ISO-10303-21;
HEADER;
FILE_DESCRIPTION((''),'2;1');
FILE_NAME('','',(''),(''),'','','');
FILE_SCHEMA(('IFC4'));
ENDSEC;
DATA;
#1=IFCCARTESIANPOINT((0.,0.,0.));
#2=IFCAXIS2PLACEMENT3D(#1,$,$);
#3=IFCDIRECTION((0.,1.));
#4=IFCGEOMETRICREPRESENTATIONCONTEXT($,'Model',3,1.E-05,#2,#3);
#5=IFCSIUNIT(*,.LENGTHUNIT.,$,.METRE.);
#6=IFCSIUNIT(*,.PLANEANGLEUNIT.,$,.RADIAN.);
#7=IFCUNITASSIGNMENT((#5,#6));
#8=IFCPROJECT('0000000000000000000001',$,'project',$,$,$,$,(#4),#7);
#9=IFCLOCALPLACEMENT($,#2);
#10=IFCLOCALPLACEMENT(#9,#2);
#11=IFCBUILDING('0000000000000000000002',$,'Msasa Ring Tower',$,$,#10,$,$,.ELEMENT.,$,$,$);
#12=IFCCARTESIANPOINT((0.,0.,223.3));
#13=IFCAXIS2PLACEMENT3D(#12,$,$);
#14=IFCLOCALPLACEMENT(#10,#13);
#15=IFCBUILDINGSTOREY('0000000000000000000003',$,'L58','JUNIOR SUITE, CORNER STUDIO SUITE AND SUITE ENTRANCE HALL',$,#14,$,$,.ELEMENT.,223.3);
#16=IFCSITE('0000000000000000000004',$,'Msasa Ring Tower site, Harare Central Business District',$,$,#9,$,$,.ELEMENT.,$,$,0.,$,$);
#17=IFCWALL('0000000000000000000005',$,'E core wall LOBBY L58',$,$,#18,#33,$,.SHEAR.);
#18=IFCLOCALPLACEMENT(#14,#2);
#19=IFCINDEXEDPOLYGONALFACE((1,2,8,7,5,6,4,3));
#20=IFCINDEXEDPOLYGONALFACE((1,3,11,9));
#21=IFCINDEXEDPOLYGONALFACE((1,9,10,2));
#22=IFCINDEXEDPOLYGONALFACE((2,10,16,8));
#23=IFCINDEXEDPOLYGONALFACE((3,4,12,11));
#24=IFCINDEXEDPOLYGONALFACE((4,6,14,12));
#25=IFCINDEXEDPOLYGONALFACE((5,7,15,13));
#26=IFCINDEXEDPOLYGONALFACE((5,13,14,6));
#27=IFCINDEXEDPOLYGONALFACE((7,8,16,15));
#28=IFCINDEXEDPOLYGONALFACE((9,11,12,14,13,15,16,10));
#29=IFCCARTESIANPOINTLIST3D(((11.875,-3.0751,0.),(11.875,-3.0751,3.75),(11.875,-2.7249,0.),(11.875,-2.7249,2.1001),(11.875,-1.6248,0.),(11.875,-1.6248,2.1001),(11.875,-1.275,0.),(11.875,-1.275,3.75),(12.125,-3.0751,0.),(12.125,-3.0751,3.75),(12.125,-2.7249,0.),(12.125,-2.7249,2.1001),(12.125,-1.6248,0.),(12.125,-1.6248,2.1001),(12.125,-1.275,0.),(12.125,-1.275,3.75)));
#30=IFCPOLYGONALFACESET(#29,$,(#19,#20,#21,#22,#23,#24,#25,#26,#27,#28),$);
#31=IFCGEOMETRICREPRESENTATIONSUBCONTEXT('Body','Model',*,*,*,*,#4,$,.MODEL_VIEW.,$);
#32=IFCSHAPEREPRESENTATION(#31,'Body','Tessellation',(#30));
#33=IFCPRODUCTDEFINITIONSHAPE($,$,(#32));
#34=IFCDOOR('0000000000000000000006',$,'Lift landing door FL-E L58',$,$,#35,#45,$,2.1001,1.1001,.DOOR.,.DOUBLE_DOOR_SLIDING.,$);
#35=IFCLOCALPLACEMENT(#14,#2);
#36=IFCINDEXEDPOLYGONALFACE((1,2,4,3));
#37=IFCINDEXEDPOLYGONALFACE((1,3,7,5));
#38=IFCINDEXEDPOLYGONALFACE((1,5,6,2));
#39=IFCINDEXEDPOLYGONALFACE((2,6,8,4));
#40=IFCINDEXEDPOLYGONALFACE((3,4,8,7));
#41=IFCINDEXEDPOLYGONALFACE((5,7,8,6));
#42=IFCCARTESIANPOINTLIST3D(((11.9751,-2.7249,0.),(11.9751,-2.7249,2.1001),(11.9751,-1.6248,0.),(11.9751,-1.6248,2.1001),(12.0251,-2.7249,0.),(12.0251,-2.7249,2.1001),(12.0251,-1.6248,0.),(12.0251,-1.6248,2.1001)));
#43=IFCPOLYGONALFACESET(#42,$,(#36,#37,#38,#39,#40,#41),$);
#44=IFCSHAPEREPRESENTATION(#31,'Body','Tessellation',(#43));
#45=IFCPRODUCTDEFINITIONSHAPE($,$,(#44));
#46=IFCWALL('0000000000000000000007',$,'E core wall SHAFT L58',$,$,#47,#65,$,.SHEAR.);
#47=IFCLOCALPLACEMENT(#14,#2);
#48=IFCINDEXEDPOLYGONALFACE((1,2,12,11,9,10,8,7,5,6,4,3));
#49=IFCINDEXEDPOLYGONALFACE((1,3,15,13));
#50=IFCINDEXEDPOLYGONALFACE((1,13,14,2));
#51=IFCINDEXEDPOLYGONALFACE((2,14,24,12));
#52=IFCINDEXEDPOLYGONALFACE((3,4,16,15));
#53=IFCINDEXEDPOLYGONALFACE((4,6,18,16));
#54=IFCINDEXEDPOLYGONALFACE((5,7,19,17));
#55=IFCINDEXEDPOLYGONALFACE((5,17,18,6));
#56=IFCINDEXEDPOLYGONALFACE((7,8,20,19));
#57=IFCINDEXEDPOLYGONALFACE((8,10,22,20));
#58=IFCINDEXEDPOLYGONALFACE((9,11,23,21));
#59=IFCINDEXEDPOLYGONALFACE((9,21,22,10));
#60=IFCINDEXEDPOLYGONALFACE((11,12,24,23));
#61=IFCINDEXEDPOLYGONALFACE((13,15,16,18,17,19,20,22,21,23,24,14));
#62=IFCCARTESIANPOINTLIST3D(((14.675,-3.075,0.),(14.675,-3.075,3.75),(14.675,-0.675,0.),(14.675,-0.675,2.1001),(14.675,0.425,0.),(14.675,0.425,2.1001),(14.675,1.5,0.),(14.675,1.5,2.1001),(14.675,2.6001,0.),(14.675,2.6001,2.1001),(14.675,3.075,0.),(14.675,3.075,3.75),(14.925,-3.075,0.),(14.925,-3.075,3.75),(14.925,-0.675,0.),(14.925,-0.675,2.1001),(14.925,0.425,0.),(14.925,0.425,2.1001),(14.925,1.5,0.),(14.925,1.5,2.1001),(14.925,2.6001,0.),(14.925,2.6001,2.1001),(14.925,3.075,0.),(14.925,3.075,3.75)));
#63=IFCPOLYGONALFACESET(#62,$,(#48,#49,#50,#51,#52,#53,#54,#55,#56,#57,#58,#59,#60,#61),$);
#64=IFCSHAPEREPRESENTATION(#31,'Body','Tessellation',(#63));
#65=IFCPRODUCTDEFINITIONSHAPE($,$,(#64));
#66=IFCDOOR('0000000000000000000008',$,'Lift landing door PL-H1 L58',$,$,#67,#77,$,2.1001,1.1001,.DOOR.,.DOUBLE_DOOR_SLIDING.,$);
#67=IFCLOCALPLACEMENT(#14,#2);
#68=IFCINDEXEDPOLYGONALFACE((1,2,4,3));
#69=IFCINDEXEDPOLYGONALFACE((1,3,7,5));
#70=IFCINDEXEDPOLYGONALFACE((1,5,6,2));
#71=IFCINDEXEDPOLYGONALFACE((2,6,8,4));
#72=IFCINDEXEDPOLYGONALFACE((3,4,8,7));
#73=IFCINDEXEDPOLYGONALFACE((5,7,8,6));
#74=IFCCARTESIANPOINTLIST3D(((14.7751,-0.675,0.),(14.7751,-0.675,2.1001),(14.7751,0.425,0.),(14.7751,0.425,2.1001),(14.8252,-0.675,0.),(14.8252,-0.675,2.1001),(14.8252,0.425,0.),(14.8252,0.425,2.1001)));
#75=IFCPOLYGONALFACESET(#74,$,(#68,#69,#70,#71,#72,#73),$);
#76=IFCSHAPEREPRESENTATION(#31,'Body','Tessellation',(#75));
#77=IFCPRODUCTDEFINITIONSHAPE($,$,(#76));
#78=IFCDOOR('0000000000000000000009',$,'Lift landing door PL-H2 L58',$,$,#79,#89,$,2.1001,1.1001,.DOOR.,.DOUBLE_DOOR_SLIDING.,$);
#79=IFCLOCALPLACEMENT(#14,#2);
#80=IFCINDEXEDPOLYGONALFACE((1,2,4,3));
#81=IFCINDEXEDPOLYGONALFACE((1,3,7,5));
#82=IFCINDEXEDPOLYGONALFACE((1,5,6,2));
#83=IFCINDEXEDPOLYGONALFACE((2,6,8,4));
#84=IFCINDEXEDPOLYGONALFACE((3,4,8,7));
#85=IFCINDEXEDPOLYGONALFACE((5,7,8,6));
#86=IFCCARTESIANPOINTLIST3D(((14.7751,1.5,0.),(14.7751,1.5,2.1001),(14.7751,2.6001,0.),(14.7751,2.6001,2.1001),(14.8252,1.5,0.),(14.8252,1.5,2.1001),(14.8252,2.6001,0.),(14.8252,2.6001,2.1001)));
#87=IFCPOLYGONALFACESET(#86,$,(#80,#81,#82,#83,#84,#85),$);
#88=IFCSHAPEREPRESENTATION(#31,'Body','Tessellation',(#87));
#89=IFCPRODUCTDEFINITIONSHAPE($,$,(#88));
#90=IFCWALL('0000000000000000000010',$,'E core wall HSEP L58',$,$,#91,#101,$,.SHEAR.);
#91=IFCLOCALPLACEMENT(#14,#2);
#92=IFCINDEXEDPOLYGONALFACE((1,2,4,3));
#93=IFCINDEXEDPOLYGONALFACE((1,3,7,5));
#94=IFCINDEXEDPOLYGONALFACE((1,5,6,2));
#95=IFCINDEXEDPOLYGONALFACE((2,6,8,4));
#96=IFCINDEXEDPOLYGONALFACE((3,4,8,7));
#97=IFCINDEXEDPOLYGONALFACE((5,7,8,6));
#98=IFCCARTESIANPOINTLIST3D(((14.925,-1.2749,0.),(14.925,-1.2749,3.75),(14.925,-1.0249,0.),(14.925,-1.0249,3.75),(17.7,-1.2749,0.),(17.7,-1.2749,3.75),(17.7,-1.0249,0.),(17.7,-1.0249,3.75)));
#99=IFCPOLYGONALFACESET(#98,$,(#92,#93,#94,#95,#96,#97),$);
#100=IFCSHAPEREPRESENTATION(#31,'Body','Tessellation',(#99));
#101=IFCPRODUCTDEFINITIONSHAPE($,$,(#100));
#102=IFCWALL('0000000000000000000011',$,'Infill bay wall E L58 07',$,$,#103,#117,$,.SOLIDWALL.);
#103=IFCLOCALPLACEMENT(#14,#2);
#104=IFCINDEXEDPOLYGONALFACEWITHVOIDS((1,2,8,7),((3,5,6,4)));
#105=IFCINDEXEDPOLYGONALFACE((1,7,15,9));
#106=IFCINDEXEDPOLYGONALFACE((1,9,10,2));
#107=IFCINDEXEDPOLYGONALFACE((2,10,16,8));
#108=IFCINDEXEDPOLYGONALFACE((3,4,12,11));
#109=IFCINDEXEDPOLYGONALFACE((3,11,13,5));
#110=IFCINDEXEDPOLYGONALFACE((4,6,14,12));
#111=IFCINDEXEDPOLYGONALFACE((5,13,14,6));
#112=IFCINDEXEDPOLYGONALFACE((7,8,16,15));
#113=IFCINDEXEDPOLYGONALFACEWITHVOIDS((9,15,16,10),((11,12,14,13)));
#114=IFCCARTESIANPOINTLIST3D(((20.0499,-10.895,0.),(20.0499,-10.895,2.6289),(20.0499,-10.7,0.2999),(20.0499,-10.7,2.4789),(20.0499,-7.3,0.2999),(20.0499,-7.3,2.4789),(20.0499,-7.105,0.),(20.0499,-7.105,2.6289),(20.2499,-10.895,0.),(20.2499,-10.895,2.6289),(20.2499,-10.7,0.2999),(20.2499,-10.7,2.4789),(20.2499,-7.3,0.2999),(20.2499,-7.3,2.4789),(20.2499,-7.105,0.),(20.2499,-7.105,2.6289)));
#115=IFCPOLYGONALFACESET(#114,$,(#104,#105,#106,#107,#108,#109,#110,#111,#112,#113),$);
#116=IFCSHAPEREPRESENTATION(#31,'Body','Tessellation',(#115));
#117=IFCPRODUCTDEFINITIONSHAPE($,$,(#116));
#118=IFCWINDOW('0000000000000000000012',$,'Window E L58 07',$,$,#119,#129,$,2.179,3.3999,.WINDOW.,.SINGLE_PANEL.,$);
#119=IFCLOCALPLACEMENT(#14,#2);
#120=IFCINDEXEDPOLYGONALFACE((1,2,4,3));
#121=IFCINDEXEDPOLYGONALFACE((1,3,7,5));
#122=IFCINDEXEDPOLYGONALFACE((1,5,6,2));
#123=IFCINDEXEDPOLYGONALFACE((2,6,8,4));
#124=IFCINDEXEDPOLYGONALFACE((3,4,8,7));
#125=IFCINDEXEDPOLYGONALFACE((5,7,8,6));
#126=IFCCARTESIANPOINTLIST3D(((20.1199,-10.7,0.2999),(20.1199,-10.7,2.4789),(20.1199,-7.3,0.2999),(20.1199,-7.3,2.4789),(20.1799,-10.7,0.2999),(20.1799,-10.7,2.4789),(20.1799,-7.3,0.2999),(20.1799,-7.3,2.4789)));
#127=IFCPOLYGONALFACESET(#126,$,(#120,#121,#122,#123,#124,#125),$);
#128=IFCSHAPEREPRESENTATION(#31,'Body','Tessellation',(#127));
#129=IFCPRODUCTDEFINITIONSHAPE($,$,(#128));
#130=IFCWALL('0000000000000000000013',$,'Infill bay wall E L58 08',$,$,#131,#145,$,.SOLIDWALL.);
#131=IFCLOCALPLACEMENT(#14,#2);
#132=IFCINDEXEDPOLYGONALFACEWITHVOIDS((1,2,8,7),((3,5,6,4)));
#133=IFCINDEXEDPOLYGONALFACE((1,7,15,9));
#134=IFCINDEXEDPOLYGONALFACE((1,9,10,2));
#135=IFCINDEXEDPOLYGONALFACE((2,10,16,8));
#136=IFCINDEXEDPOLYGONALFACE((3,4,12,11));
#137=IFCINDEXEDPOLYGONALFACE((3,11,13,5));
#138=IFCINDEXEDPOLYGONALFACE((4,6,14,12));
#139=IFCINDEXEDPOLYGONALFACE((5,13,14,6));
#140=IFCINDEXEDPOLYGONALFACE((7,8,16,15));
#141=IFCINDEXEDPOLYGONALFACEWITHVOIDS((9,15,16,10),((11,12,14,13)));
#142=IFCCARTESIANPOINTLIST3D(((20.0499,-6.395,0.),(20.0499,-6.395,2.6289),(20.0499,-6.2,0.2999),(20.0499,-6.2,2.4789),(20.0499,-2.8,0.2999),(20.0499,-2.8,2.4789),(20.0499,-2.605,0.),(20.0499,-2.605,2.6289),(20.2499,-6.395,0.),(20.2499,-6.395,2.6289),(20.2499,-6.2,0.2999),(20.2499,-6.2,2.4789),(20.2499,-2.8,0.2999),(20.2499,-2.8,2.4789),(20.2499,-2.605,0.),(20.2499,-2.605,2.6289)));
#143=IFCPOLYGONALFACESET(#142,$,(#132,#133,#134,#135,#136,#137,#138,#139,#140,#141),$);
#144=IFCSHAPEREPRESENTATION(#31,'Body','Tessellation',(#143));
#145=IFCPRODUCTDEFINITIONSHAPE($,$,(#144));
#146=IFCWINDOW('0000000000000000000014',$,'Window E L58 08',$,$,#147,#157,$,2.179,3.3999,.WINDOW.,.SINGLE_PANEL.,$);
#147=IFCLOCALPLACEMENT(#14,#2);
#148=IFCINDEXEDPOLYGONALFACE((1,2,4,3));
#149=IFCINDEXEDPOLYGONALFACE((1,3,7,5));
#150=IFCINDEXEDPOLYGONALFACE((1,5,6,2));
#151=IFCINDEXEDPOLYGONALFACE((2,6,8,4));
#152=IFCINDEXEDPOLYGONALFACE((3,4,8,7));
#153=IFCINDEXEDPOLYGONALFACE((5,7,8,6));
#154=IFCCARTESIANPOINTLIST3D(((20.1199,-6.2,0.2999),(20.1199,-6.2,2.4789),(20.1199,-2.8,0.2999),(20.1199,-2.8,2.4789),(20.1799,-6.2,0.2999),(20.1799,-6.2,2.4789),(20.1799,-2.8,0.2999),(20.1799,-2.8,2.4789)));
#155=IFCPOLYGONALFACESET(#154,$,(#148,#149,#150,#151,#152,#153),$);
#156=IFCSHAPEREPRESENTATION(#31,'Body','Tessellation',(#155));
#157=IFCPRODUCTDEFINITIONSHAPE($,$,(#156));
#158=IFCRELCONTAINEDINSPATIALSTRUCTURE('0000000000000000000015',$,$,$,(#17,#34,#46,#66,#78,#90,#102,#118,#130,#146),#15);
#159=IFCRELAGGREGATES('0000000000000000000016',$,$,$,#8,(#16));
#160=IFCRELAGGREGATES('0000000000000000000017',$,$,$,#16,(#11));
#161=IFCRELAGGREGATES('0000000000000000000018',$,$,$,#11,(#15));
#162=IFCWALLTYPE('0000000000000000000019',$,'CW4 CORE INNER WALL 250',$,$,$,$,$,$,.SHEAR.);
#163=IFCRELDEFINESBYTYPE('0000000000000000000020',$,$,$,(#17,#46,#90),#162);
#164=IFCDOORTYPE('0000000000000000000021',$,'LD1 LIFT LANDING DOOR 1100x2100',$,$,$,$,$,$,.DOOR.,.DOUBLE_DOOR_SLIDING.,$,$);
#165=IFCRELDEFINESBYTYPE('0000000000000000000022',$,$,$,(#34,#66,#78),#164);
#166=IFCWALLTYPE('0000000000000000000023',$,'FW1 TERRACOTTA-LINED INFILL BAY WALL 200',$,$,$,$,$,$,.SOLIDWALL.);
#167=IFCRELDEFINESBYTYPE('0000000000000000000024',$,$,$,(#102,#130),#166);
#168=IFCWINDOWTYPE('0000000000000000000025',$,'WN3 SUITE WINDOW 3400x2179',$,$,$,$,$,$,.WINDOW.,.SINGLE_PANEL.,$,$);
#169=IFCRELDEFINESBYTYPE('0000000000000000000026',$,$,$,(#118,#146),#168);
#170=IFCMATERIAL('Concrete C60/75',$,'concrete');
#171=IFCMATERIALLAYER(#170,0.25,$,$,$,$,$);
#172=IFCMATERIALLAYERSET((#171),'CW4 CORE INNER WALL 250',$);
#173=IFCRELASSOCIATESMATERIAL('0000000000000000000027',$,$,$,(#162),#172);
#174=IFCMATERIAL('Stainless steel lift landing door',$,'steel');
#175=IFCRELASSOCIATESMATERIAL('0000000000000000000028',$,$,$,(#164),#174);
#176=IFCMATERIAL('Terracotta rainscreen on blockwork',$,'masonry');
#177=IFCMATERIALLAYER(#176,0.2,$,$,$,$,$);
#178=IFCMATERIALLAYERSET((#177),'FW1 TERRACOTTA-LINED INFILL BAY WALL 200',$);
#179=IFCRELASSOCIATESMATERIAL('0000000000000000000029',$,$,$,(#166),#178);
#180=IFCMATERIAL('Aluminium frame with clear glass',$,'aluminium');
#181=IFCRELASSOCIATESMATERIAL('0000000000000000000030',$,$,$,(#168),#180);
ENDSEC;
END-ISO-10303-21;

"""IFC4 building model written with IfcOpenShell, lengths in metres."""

from ifc_helpers import new_model, si_unit, direction, frame, frame_2d, origin, place, context, subcontext, project, spatial, rectangle, extrude, material, layer, layer_set, type_object, element, fill, save


model = new_model("IFC4")

# Units and contexts
model_context = context("Model", 3, precision=1e-05, world=origin(), true_north=direction((0.0, 1.0)))
body_context = subcontext(model_context, "Body", "Model", "MODEL_VIEW")
ifc_project = project(units=[si_unit("LENGTHUNIT", "METRE"), si_unit("PLANEANGLEUNIT", "RADIAN")], contexts=[model_context])

# Site, building, storey
site_placement = place(None, origin())
site = spatial("IfcSite", under=ifc_project, at=site_placement, Name="Msasa Ring Tower site, Harare Central Business District", CompositionType="ELEMENT", RefElevation=0.0)
building_placement = place(site_placement, origin())
building = spatial("IfcBuilding", under=site, at=building_placement, Name="Msasa Ring Tower", CompositionType="ELEMENT")
storey_placement = place(building_placement, frame((0.0, 0.0, 223.3)))
storey = spatial("IfcBuildingStorey", under=building, at=storey_placement, Name="L58", Description="JUNIOR SUITE, CORNER STUDIO SUITE AND SUITE ENTRANCE HALL", CompositionType="ELEMENT", Elevation=223.3)

# Shared definitions
ifc_material_1 = material(Name="Concrete C60/75", Category="concrete")
ifc_layer_1 = layer(ifc_material_1, 0.25)
ifc_layer_set_1 = layer_set([ifc_layer_1], Name="CW4 CORE INNER WALL 250")
wall_type_1 = type_object("IfcWallType", Name="CW4 CORE INNER WALL 250", PredefinedType="SHEAR", material=ifc_layer_set_1)

# Wall, opening, door
wall_1_placement = place(storey_placement, frame((12.0, -3.075, 0.0), z_axis=(0.0, 0.0, 1.0), x_axis=(0.0, 1.0, 0.0)))
wall_1 = element("IfcWall", 1, at=wall_1_placement, inside=storey, type_object=wall_type_1, Name="E core wall LOBBY L58", PredefinedType="SHEAR", context=body_context, shape_type="SweptSolid", body=[
    extrude(rectangle(XDim=1.8, YDim=0.25, at=frame_2d((0.8999, 0.0))), origin(), (0.0, 0.0, 1.0), 3.75),
])
opening_1_placement = place(wall_1_placement, frame((0.3501, 0.0, 0.0)))
opening_1 = element("IfcOpeningElement", 2, at=opening_1_placement, cuts=wall_1, PredefinedType="OPENING", context=body_context, shape_type="SweptSolid", body=[
    extrude(rectangle(XDim=1.1001, YDim=2.1001, at=frame_2d((0.55, 1.05))), frame((0.0, 0.135, 0.0), z_axis=(0.0, -1.0, 0.0), x_axis=(1.0, 0.0, 0.0)), (0.0, 0.0, 1.0), 0.27),
])
ifc_material_2 = material(Name="Stainless steel lift landing door", Category="steel")
door_type_1 = type_object("IfcDoorType", Name="LD1 LIFT LANDING DOOR 1100x2100", OperationType="DOUBLE_DOOR_SLIDING", PredefinedType="DOOR", material=ifc_material_2)
door_1_placement = place(opening_1_placement, origin())
door_1 = element("IfcDoor", 3, at=door_1_placement, inside=storey, type_object=door_type_1, Name="Lift landing door FL-E L58", OperationType="DOUBLE_DOOR_SLIDING", OverallHeight=2.1001, OverallWidth=1.1001, PredefinedType="DOOR", context=body_context, shape_type="SweptSolid", body=[
    extrude(rectangle(XDim=1.1001, YDim=2.1001, at=frame_2d((0.55, 1.05))), frame((0.0, 0.0249, 0.0), z_axis=(0.0, -1.0, 0.0), x_axis=(1.0, 0.0, 0.0)), (0.0, 0.0, 1.0), 0.05),
])
fill(opening_1, door_1)

# Wall, openings, doors
wall_2_placement = place(storey_placement, frame((14.8, -3.075, 0.0), z_axis=(0.0, 0.0, 1.0), x_axis=(0.0, 1.0, 0.0)))
wall_2 = element("IfcWall", 4, at=wall_2_placement, inside=storey, type_object=wall_type_1, Name="E core wall SHAFT L58", PredefinedType="SHEAR", context=body_context, shape_type="SweptSolid", body=[
    extrude(rectangle(XDim=6.1499, YDim=0.25, at=frame_2d((3.075, 0.0))), origin(), (0.0, 0.0, 1.0), 3.75),
])
opening_2_placement = place(wall_2_placement, frame((2.3999, 0.0, 0.0)))
opening_2 = element("IfcOpeningElement", 5, at=opening_2_placement, cuts=wall_2, PredefinedType="OPENING", context=body_context, shape_type="SweptSolid", body=[
    extrude(rectangle(XDim=1.1001, YDim=2.1001, at=frame_2d((0.55, 1.05))), frame((0.0, 0.135, 0.0), z_axis=(0.0, -1.0, 0.0), x_axis=(1.0, 0.0, 0.0)), (0.0, 0.0, 1.0), 0.27),
])
opening_3_placement = place(wall_2_placement, frame((4.575, 0.0, 0.0)))
opening_3 = element("IfcOpeningElement", 6, at=opening_3_placement, cuts=wall_2, PredefinedType="OPENING", context=body_context, shape_type="SweptSolid", body=[
    extrude(rectangle(XDim=1.1001, YDim=2.1001, at=frame_2d((0.55, 1.05))), frame((0.0, 0.135, 0.0), z_axis=(0.0, -1.0, 0.0), x_axis=(1.0, 0.0, 0.0)), (0.0, 0.0, 1.0), 0.27),
])
door_2_placement = place(opening_2_placement, origin())
door_2 = element("IfcDoor", 7, at=door_2_placement, inside=storey, type_object=door_type_1, Name="Lift landing door PL-H1 L58", OperationType="DOUBLE_DOOR_SLIDING", OverallHeight=2.1001, OverallWidth=1.1001, PredefinedType="DOOR", context=body_context, shape_type="SweptSolid", body=[
    extrude(rectangle(XDim=1.1001, YDim=2.1001, at=frame_2d((0.55, 1.05))), frame((0.0, 0.0249, 0.0), z_axis=(0.0, -1.0, 0.0), x_axis=(1.0, 0.0, 0.0)), (0.0, 0.0, 1.0), 0.05),
])
fill(opening_2, door_2)
door_3_placement = place(opening_3_placement, origin())
door_3 = element("IfcDoor", 8, at=door_3_placement, inside=storey, type_object=door_type_1, Name="Lift landing door PL-H2 L58", OperationType="DOUBLE_DOOR_SLIDING", OverallHeight=2.1001, OverallWidth=1.1001, PredefinedType="DOOR", context=body_context, shape_type="SweptSolid", body=[
    extrude(rectangle(XDim=1.1001, YDim=2.1001, at=frame_2d((0.55, 1.05))), frame((0.0, 0.0249, 0.0), z_axis=(0.0, -1.0, 0.0), x_axis=(1.0, 0.0, 0.0)), (0.0, 0.0, 1.0), 0.05),
])
fill(opening_3, door_3)

# Wall
wall_3_placement = place(storey_placement, frame((14.925, -1.1499, 0.0), z_axis=(0.0, 0.0, 1.0), x_axis=(1.0, 0.0, 0.0)))
element("IfcWall", 9, at=wall_3_placement, inside=storey, type_object=wall_type_1, Name="E core wall HSEP L58", PredefinedType="SHEAR", context=body_context, shape_type="SweptSolid", body=[
    extrude(rectangle(XDim=2.7749, YDim=0.25, at=frame_2d((1.3875, 0.0))), origin(), (0.0, 0.0, 1.0), 3.75),
])

# Walls, openings, windows
ifc_material_3 = material(Name="Terracotta rainscreen on blockwork", Category="masonry")
ifc_layer_2 = layer(ifc_material_3, 0.2)
ifc_layer_set_2 = layer_set([ifc_layer_2], Name="FW1 TERRACOTTA-LINED INFILL BAY WALL 200")
wall_type_2 = type_object("IfcWallType", Name="FW1 TERRACOTTA-LINED INFILL BAY WALL 200", PredefinedType="SOLIDWALL", material=ifc_layer_set_2)
wall_4_placement = place(storey_placement, frame((20.1499, -10.895, 0.0), z_axis=(0.0, 0.0, 1.0), x_axis=(0.0, 1.0, 0.0)))
wall_4 = element("IfcWall", 10, at=wall_4_placement, inside=storey, type_object=wall_type_2, Name="Infill bay wall E L58 07", PredefinedType="SOLIDWALL", context=body_context, shape_type="SweptSolid", body=[
    extrude(rectangle(XDim=3.79, YDim=0.2, at=frame_2d((1.895, 0.0))), origin(), (0.0, 0.0, 1.0), 2.6289),
])
opening_4_placement = place(wall_4_placement, frame((0.1951, 0.0, 0.3)))
opening_4 = element("IfcOpeningElement", 11, at=opening_4_placement, cuts=wall_4, PredefinedType="OPENING", context=body_context, shape_type="SweptSolid", body=[
    extrude(rectangle(XDim=3.3999, YDim=2.179, at=frame_2d((1.7, 1.0894))), frame((0.0, 0.1099, 0.0), z_axis=(0.0, -1.0, 0.0), x_axis=(1.0, 0.0, 0.0)), (0.0, 0.0, 1.0), 0.22),
])
ifc_material_4 = material(Name="Aluminium frame with clear glass", Category="aluminium")
window_type = type_object("IfcWindowType", Name="WN3 SUITE WINDOW 3400x2179", PartitioningType="SINGLE_PANEL", PredefinedType="WINDOW", material=ifc_material_4)
window_1_placement = place(opening_4_placement, origin())
window_1 = element("IfcWindow", 12, at=window_1_placement, inside=storey, type_object=window_type, Name="Window E L58 07", OverallHeight=2.179, OverallWidth=3.3999, PartitioningType="SINGLE_PANEL", PredefinedType="WINDOW", context=body_context, shape_type="SweptSolid", body=[
    extrude(rectangle(XDim=3.3999, YDim=2.179, at=frame_2d((1.7, 1.0894))), frame((0.0, 0.03, 0.0), z_axis=(0.0, -1.0, 0.0), x_axis=(1.0, 0.0, 0.0)), (0.0, 0.0, 1.0), 0.0601),
])
fill(opening_4, window_1)
wall_5_placement = place(storey_placement, frame((20.1499, -6.395, 0.0), z_axis=(0.0, 0.0, 1.0), x_axis=(0.0, 1.0, 0.0)))
wall_5 = element("IfcWall", 13, at=wall_5_placement, inside=storey, type_object=wall_type_2, Name="Infill bay wall E L58 08", PredefinedType="SOLIDWALL", context=body_context, shape_type="SweptSolid", body=[
    extrude(rectangle(XDim=3.79, YDim=0.2, at=frame_2d((1.895, 0.0))), origin(), (0.0, 0.0, 1.0), 2.6289),
])
opening_5_placement = place(wall_5_placement, frame((0.1951, 0.0, 0.3)))
opening_5 = element("IfcOpeningElement", 14, at=opening_5_placement, cuts=wall_5, PredefinedType="OPENING", context=body_context, shape_type="SweptSolid", body=[
    extrude(rectangle(XDim=3.3999, YDim=2.179, at=frame_2d((1.7, 1.0894))), frame((0.0, 0.1099, 0.0), z_axis=(0.0, -1.0, 0.0), x_axis=(1.0, 0.0, 0.0)), (0.0, 0.0, 1.0), 0.22),
])
window_2_placement = place(opening_5_placement, origin())
window_2 = element("IfcWindow", 15, at=window_2_placement, inside=storey, type_object=window_type, Name="Window E L58 08", OverallHeight=2.179, OverallWidth=3.3999, PartitioningType="SINGLE_PANEL", PredefinedType="WINDOW", context=body_context, shape_type="SweptSolid", body=[
    extrude(rectangle(XDim=3.3999, YDim=2.179, at=frame_2d((1.7, 1.0894))), frame((0.0, 0.03, 0.0), z_axis=(0.0, -1.0, 0.0), x_axis=(1.0, 0.0, 0.0)), (0.0, 0.0, 1.0), 0.0601),
])
fill(opening_5, window_2)

save(model, "model.ifc")
